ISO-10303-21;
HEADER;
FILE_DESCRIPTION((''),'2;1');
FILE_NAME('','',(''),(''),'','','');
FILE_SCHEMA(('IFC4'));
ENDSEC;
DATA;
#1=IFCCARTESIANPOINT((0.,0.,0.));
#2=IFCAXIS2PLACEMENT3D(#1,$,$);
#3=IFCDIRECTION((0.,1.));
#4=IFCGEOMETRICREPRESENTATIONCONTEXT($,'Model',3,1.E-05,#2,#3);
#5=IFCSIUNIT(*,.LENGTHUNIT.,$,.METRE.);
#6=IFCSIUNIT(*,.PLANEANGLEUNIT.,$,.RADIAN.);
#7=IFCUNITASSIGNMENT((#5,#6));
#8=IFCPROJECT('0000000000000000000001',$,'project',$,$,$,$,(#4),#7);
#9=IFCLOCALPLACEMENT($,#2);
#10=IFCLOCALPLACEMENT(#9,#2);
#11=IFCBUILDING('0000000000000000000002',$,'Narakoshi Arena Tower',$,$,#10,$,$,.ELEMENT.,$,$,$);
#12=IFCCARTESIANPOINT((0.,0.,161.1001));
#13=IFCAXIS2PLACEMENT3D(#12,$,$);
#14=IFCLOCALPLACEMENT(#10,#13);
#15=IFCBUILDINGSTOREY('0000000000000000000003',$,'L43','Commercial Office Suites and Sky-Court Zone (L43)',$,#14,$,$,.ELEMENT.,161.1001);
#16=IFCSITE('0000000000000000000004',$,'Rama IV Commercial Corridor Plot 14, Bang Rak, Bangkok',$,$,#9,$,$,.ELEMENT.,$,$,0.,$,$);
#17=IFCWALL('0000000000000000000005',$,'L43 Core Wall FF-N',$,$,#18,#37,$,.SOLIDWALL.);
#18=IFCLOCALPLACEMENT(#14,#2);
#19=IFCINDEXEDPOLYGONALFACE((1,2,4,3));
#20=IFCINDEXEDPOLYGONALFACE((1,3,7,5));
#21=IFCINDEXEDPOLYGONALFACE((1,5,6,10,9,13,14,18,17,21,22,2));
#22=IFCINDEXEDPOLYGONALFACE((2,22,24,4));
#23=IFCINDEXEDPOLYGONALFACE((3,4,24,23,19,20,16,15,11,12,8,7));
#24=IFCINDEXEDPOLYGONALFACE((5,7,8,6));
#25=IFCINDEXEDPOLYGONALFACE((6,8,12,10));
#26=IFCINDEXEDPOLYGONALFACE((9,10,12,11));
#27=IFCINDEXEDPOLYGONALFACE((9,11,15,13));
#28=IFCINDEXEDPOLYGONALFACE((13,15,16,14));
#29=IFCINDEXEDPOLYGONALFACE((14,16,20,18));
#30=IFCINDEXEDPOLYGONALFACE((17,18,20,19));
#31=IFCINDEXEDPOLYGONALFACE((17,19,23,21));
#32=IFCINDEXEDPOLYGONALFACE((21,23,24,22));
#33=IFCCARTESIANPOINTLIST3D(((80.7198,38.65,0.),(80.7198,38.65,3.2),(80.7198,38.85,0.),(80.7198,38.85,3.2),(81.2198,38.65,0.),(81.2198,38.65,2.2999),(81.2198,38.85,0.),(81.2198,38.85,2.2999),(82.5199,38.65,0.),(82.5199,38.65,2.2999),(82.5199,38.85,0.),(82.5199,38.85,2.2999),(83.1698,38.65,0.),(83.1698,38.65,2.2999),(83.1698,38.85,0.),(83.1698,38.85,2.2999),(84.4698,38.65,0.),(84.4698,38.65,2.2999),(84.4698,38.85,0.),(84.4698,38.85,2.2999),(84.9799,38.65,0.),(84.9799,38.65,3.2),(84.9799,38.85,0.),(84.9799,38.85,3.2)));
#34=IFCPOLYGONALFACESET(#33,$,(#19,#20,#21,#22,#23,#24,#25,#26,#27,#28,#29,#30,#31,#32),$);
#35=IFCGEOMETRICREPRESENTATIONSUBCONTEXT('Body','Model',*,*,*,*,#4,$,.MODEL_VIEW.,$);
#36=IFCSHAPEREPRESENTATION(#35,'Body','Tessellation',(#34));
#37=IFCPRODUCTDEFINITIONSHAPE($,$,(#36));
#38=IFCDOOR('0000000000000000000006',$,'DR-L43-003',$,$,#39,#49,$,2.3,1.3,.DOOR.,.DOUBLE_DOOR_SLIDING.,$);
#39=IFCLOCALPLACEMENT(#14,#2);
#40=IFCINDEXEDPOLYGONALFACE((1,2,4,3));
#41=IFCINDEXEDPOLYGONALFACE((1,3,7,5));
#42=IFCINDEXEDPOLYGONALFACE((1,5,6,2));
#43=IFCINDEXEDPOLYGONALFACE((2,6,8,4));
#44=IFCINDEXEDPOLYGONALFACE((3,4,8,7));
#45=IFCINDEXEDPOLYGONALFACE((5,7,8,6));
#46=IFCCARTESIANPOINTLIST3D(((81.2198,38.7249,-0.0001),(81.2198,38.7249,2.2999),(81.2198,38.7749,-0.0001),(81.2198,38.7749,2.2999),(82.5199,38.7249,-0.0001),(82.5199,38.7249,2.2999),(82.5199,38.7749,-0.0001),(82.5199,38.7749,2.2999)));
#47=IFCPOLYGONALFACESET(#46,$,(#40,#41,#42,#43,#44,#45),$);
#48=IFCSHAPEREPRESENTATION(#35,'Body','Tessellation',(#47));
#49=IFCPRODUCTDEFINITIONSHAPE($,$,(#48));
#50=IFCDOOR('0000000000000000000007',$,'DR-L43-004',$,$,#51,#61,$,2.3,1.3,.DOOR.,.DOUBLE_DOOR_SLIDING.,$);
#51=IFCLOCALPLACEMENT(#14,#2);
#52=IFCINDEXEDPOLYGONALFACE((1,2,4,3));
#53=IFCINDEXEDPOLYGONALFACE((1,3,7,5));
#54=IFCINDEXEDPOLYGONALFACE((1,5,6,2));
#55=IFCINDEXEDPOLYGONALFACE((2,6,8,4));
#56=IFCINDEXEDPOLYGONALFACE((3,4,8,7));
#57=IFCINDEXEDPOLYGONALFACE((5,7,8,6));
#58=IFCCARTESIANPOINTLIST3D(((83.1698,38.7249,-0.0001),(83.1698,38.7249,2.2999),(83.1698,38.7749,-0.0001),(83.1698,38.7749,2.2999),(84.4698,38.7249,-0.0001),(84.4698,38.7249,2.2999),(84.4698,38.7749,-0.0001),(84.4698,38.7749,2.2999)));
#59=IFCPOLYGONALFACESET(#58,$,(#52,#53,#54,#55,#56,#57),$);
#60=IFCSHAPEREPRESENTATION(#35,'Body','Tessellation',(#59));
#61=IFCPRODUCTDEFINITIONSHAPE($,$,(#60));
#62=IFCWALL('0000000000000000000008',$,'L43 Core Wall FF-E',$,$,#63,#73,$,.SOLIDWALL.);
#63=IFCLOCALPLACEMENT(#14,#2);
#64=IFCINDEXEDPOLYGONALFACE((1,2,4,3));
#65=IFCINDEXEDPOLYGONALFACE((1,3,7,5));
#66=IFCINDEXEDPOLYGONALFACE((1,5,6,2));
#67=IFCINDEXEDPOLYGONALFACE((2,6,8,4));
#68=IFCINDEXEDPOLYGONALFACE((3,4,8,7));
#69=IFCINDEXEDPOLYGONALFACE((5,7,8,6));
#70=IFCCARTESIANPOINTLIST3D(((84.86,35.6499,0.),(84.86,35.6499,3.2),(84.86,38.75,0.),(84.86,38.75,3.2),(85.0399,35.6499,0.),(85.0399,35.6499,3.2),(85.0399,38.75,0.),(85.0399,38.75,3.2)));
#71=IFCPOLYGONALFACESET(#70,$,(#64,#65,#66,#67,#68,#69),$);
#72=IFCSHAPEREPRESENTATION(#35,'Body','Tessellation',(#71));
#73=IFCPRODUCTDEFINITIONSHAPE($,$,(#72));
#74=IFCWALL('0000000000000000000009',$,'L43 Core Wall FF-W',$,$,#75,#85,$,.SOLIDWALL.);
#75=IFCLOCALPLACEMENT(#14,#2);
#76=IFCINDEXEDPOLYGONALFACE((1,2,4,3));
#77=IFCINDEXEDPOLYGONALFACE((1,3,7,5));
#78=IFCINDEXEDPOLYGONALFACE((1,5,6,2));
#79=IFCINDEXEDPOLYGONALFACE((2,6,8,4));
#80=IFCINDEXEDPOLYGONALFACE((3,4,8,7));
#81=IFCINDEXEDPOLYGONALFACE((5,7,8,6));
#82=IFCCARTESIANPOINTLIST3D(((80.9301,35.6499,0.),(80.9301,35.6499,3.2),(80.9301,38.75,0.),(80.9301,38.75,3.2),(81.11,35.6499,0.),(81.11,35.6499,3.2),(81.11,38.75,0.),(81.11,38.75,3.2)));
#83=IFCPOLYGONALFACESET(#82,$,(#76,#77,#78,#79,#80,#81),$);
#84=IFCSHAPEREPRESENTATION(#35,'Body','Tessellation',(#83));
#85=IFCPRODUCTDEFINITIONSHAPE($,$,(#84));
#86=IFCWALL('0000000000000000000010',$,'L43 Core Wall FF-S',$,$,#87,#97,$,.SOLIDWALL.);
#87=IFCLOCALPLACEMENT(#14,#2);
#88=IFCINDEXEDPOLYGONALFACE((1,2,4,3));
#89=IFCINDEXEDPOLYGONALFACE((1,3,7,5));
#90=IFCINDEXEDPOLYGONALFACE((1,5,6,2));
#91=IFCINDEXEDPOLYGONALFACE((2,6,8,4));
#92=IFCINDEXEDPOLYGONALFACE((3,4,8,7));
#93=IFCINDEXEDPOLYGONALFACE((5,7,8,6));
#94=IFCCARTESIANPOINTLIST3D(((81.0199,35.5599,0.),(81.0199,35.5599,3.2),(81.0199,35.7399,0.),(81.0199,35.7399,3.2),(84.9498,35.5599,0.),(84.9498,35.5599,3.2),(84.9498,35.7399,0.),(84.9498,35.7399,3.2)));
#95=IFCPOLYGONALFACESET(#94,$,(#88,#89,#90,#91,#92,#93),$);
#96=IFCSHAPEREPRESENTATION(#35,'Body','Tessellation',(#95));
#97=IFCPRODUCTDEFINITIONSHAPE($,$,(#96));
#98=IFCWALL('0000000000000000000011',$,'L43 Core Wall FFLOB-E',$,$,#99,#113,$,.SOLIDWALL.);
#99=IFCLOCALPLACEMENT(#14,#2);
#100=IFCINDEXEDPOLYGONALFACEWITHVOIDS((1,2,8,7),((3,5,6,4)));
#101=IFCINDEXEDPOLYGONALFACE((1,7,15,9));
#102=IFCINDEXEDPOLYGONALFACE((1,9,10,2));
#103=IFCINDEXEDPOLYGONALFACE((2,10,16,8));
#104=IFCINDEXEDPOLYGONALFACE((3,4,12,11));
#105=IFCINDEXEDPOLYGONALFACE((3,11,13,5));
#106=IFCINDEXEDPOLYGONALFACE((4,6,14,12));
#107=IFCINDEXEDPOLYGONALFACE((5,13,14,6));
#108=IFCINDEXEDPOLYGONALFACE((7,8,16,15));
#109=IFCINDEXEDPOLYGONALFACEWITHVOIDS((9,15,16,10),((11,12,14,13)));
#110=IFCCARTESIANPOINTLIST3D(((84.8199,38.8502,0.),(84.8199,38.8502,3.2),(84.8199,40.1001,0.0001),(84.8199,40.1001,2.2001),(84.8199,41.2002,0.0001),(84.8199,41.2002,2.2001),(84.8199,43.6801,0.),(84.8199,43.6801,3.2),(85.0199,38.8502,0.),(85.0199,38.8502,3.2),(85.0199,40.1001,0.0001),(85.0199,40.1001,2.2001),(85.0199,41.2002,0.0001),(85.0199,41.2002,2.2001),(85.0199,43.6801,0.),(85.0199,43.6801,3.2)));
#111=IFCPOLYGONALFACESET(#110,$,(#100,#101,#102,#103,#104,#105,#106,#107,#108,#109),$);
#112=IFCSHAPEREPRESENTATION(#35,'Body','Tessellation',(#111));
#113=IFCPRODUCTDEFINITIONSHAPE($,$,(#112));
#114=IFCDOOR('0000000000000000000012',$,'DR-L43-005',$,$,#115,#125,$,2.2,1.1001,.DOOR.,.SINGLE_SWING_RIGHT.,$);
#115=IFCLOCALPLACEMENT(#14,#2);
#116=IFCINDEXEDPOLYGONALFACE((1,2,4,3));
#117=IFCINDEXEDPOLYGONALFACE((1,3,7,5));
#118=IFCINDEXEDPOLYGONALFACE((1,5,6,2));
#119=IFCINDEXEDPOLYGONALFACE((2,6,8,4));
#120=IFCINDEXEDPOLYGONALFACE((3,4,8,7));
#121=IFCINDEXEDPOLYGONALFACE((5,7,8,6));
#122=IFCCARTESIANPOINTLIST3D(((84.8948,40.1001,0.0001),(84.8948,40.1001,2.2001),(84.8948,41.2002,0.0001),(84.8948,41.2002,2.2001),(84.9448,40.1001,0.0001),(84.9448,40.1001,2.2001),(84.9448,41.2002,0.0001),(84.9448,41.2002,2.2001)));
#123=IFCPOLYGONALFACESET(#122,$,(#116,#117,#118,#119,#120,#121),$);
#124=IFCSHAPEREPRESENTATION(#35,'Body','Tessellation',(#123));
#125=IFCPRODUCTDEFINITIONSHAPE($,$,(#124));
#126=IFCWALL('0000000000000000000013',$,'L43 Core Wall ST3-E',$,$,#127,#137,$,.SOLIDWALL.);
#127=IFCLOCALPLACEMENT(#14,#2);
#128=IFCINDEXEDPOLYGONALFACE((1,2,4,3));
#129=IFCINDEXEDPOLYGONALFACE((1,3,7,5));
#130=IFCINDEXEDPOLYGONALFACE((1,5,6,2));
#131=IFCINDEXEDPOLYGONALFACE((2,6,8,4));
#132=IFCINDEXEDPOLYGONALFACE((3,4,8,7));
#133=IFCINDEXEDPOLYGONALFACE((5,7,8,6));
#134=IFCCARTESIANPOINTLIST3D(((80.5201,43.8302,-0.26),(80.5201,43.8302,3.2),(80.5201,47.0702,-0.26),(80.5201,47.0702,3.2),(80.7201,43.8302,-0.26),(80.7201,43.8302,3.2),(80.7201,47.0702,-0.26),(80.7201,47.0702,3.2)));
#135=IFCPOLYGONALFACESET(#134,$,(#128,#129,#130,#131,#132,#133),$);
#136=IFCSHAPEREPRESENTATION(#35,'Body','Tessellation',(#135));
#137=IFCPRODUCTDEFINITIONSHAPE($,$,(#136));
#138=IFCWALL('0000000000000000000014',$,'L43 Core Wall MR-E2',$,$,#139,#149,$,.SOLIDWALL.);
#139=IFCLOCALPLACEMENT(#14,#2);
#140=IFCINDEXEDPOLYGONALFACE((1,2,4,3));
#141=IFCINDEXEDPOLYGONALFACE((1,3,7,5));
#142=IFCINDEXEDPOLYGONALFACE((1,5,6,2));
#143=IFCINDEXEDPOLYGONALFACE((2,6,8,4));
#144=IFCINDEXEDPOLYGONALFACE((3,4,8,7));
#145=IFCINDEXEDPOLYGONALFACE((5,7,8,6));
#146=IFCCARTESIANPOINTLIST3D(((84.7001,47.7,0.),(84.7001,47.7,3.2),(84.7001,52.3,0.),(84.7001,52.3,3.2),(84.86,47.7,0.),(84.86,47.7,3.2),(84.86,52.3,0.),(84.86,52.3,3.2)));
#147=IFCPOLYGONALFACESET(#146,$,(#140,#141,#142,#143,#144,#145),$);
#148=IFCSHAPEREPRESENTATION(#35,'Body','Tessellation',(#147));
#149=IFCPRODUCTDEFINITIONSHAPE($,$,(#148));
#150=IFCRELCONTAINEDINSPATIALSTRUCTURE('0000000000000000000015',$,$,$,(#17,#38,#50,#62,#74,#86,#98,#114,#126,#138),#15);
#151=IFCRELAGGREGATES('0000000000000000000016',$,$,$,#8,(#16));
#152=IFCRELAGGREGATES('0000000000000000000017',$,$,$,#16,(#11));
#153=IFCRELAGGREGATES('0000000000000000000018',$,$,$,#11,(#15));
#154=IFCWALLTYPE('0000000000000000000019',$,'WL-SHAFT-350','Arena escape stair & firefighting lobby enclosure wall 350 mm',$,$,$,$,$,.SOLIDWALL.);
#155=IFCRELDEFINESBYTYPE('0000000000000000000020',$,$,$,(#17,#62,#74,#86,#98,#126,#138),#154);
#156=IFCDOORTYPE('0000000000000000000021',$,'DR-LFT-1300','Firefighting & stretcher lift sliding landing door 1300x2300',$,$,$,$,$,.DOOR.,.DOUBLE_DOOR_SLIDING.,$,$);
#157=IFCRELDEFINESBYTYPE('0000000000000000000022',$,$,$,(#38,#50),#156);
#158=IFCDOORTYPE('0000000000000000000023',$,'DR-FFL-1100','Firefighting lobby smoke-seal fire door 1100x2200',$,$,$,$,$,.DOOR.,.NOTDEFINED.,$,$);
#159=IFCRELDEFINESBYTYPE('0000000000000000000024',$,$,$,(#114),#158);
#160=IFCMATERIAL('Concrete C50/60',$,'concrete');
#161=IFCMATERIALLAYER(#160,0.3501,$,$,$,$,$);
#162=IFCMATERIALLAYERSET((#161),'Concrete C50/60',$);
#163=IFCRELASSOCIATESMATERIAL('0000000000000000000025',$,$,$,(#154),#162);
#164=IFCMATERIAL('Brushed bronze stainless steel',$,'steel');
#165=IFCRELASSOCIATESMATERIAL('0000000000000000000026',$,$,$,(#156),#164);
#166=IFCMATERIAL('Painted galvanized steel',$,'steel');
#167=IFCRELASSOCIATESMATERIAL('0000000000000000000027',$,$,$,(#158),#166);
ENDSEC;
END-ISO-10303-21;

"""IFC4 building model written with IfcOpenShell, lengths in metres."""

from ifc_helpers import new_model, si_unit, direction, frame, frame_2d, origin, place, context, subcontext, project, spatial, rectangle, extrude, material, layer, layer_set, type_object, element, fill, save


model = new_model("IFC4")

# Units and contexts
model_context = context("Model", 3, precision=1e-05, world=origin(), true_north=direction((0.0, 1.0)))
body_context = subcontext(model_context, "Body", "Model", "MODEL_VIEW")
ifc_project = project(units=[si_unit("LENGTHUNIT", "METRE"), si_unit("PLANEANGLEUNIT", "RADIAN")], contexts=[model_context])

# Site, building, storey
site_placement = place(None, origin())
site = spatial("IfcSite", under=ifc_project, at=site_placement, Name="Rama IV Commercial Corridor Plot 14, Bang Rak, Bangkok", CompositionType="ELEMENT", RefElevation=0.0)
building_placement = place(site_placement, origin())
building = spatial("IfcBuilding", under=site, at=building_placement, Name="Narakoshi Arena Tower", CompositionType="ELEMENT")
storey_placement = place(building_placement, frame((0.0, 0.0, 161.1001)))
storey = spatial("IfcBuildingStorey", under=building, at=storey_placement, Name="L43", Description="Commercial Office Suites and Sky-Court Zone (L43)", CompositionType="ELEMENT", Elevation=161.1001)

# Shared definitions
ifc_material_1 = material(Name="Painted galvanized steel", Category="steel")

# Wall, openings, doors
ifc_material_2 = material(Name="Concrete C50/60", Category="concrete")
ifc_layer_1 = layer(ifc_material_2, 0.3501)
ifc_layer_set_1 = layer_set([ifc_layer_1], Name="Concrete C50/60")
wall_type_1 = type_object("IfcWallType", Name="WL-SHAFT-350", Description="Arena escape stair & firefighting lobby enclosure wall 350 mm", PredefinedType="SOLIDWALL", material=ifc_layer_set_1)
wall_1_placement = place(storey_placement, frame((80.72, 38.75, 0.0), z_axis=(0.0, 0.0, 1.0), x_axis=(1.0, 0.0, 0.0)))
wall_1 = element("IfcWall", 1, at=wall_1_placement, inside=storey, type_object=wall_type_1, Name="L43 Core Wall FF-N", PredefinedType="SOLIDWALL", context=body_context, shape_type="SweptSolid", body=[
    extrude(rectangle(XDim=4.26, YDim=0.2, at=frame_2d((2.1299, 0.0))), origin(), (0.0, 0.0, 1.0), 3.2),
])
opening_1_placement = place(wall_1_placement, frame((0.5, 0.0, 0.0)))
opening_1 = element("IfcOpeningElement", 2, at=opening_1_placement, cuts=wall_1, PredefinedType="OPENING", context=body_context, shape_type="SweptSolid", body=[
    extrude(rectangle(XDim=1.3, YDim=2.3, at=frame_2d((0.6499, 1.1499))), frame((0.0, 0.1099, 0.0), z_axis=(0.0, -1.0, 0.0), x_axis=(1.0, 0.0, 0.0)), (0.0, 0.0, 1.0), 0.22),
])
opening_2_placement = place(wall_1_placement, frame((2.45, 0.0, 0.0)))
opening_2 = element("IfcOpeningElement", 3, at=opening_2_placement, cuts=wall_1, PredefinedType="OPENING", context=body_context, shape_type="SweptSolid", body=[
    extrude(rectangle(XDim=1.3, YDim=2.3, at=frame_2d((0.6499, 1.1499))), frame((0.0, 0.1099, 0.0), z_axis=(0.0, -1.0, 0.0), x_axis=(1.0, 0.0, 0.0)), (0.0, 0.0, 1.0), 0.22),
])
ifc_material_3 = material(Name="Brushed bronze stainless steel", Category="steel")
door_type_1 = type_object("IfcDoorType", Name="DR-LFT-1300", Description="Firefighting & stretcher lift sliding landing door 1300x2300", OperationType="DOUBLE_DOOR_SLIDING", PredefinedType="DOOR", material=ifc_material_3)
door_1_placement = place(opening_1_placement, origin())
door_1 = element("IfcDoor", 4, at=door_1_placement, inside=storey, type_object=door_type_1, Name="DR-L43-003", OperationType="DOUBLE_DOOR_SLIDING", OverallHeight=2.3, OverallWidth=1.3, PredefinedType="DOOR", context=body_context, shape_type="SweptSolid", body=[
    extrude(rectangle(XDim=1.3, YDim=2.3, at=frame_2d((0.6499, 1.1499))), frame((0.0, 0.0249, 0.0), z_axis=(0.0, -1.0, 0.0), x_axis=(1.0, 0.0, 0.0)), (0.0, 0.0, 1.0), 0.05),
])
fill(opening_1, door_1)
door_2_placement = place(opening_2_placement, origin())
door_2 = element("IfcDoor", 5, at=door_2_placement, inside=storey, type_object=door_type_1, Name="DR-L43-004", OperationType="DOUBLE_DOOR_SLIDING", OverallHeight=2.3, OverallWidth=1.3, PredefinedType="DOOR", context=body_context, shape_type="SweptSolid", body=[
    extrude(rectangle(XDim=1.3, YDim=2.3, at=frame_2d((0.6499, 1.1499))), frame((0.0, 0.0249, 0.0), z_axis=(0.0, -1.0, 0.0), x_axis=(1.0, 0.0, 0.0)), (0.0, 0.0, 1.0), 0.05),
])
fill(opening_2, door_2)

# Walls
for number, where, z_axis, x_axis, name in (
    (6, (84.95, 35.6499, 0.0), (0.0, 0.0, 1.0), (0.0, 1.0, 0.0), "L43 Core Wall FF-E"),
    (7, (81.02, 35.6499, 0.0), (0.0, 0.0, 1.0), (0.0, 1.0, 0.0), "L43 Core Wall FF-W"),
):
    element("IfcWall", number, at=place(storey_placement, frame(where, z_axis=z_axis, x_axis=x_axis)), inside=storey, type_object=wall_type_1, Name=name, PredefinedType="SOLIDWALL", context=body_context, shape_type="SweptSolid", body=[
        extrude(rectangle(XDim=3.1001, YDim=0.1799, at=frame_2d((1.55, 0.0))), origin(), (0.0, 0.0, 1.0), 3.2),
    ])
wall_2_placement = place(storey_placement, frame((81.02, 35.6499, 0.0), z_axis=(0.0, 0.0, 1.0), x_axis=(1.0, 0.0, 0.0)))
element("IfcWall", 8, at=wall_2_placement, inside=storey, type_object=wall_type_1, Name="L43 Core Wall FF-S", PredefinedType="SOLIDWALL", context=body_context, shape_type="SweptSolid", body=[
    extrude(rectangle(XDim=3.9299, YDim=0.1799, at=frame_2d((1.9648, 0.0))), origin(), (0.0, 0.0, 1.0), 3.2),
])

# Wall, opening, door
wall_3_placement = place(storey_placement, frame((84.9199, 38.8501, 0.0), z_axis=(0.0, 0.0, 1.0), x_axis=(0.0, 1.0, 0.0)))
wall_3 = element("IfcWall", 9, at=wall_3_placement, inside=storey, type_object=wall_type_1, Name="L43 Core Wall FFLOB-E", PredefinedType="SOLIDWALL", context=body_context, shape_type="SweptSolid", body=[
    extrude(rectangle(XDim=4.8298, YDim=0.2, at=frame_2d((2.415, 0.0))), origin(), (0.0, 0.0, 1.0), 3.2),
])
opening_3_placement = place(wall_3_placement, frame((1.25, 0.0, 0.0)))
opening_3 = element("IfcOpeningElement", 10, at=opening_3_placement, cuts=wall_3, PredefinedType="OPENING", context=body_context, shape_type="SweptSolid", body=[
    extrude(rectangle(XDim=1.1001, YDim=2.2, at=frame_2d((0.55, 1.1001))), frame((0.0, 0.1099, 0.0), z_axis=(0.0, -1.0, 0.0), x_axis=(1.0, 0.0, 0.0)), (0.0, 0.0, 1.0), 0.22),
])
door_type_2 = type_object("IfcDoorType", Name="DR-FFL-1100", Description="Firefighting lobby smoke-seal fire door 1100x2200", OperationType="NOTDEFINED", PredefinedType="DOOR", material=ifc_material_1)
door_3_placement = place(opening_3_placement, frame((1.1001, 0.0, 0.0), z_axis=(0.0, 0.0, 1.0), x_axis=(-1.0, 0.0, 0.0)))
door_3 = element("IfcDoor", 11, at=door_3_placement, inside=storey, type_object=door_type_2, Name="DR-L43-005", OperationType="SINGLE_SWING_RIGHT", OverallHeight=2.2, OverallWidth=1.1001, PredefinedType="DOOR", context=body_context, shape_type="SweptSolid", body=[
    extrude(rectangle(XDim=1.1001, YDim=2.2, at=frame_2d((0.55, 1.1001))), frame((0.0, 0.0249, 0.0), z_axis=(0.0, -1.0, 0.0), x_axis=(1.0, 0.0, 0.0)), (0.0, 0.0, 1.0), 0.05),
])
fill(opening_3, door_3)

# Walls
wall_4_placement = place(storey_placement, frame((80.6201, 43.8301, -0.26), z_axis=(0.0, 0.0, 1.0), x_axis=(0.0, 1.0, 0.0)))
element("IfcWall", 12, at=wall_4_placement, inside=storey, type_object=wall_type_1, Name="L43 Core Wall ST3-E", PredefinedType="SOLIDWALL", context=body_context, shape_type="SweptSolid", body=[
    extrude(rectangle(XDim=3.24, YDim=0.2, at=frame_2d((1.6201, 0.0))), origin(), (0.0, 0.0, 1.0), 3.46),
])
wall_5_placement = place(storey_placement, frame((84.78, 47.7, 0.0), z_axis=(0.0, 0.0, 1.0), x_axis=(0.0, 1.0, 0.0)))
element("IfcWall", 13, at=wall_5_placement, inside=storey, type_object=wall_type_1, Name="L43 Core Wall MR-E2", PredefinedType="SOLIDWALL", context=body_context, shape_type="SweptSolid", body=[
    extrude(rectangle(XDim=4.6001, YDim=0.1599, at=frame_2d((2.3, 0.0))), origin(), (0.0, 0.0, 1.0), 3.2),
])

save(model, "model.ifc")
